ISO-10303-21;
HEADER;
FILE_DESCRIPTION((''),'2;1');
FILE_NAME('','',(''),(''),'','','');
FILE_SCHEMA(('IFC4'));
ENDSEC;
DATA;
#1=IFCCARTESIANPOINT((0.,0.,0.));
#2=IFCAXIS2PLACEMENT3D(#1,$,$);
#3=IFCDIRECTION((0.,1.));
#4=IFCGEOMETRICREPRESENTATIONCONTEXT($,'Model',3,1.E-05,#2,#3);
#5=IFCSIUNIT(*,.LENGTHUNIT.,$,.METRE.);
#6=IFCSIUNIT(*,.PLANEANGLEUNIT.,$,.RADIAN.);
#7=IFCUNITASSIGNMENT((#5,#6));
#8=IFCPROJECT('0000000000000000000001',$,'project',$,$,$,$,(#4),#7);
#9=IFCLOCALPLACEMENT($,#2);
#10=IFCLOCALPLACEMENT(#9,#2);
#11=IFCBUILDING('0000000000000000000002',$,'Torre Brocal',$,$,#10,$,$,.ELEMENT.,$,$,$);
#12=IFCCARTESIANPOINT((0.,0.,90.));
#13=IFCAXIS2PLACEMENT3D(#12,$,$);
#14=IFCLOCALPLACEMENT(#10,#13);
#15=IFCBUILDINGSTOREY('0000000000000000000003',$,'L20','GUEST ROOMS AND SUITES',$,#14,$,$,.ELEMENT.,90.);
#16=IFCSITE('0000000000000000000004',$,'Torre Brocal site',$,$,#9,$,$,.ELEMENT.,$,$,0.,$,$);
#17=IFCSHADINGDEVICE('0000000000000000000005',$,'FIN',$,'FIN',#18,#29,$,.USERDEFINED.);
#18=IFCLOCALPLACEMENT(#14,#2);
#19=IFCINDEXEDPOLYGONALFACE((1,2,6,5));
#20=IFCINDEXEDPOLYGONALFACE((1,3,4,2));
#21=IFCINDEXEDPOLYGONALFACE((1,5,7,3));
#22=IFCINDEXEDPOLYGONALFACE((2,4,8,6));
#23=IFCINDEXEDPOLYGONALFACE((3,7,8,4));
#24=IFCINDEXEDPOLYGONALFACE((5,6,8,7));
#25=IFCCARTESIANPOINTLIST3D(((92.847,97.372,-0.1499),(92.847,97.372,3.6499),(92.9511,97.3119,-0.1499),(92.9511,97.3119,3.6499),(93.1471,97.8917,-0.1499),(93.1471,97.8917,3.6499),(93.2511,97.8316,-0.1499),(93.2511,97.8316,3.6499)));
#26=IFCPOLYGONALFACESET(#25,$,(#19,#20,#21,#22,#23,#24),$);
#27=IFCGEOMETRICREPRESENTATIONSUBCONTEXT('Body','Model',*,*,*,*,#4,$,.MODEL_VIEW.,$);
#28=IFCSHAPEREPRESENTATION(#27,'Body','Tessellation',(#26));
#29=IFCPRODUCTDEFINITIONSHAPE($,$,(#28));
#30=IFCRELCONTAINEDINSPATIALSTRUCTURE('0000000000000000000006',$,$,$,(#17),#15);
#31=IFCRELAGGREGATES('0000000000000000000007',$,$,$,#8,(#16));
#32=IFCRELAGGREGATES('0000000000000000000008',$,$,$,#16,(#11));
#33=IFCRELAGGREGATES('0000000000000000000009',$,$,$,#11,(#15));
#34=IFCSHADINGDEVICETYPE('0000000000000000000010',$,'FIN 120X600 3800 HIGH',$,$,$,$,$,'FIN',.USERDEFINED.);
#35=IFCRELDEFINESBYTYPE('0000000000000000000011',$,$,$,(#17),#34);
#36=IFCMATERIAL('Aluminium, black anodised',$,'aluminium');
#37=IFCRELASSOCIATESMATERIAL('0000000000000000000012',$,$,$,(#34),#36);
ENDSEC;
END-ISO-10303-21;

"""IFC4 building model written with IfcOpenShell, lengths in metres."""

from ifc_helpers import new_model, si_unit, direction, frame, origin, origin_2d, place, context, subcontext, project, spatial, rectangle, extrude, material, material_profile, profile_set, type_object, element, save


model = new_model("IFC4")

# Units and contexts
model_context = context("Model", 3, precision=1e-05, world=origin(), true_north=direction((0.0, 1.0)))
body_context = subcontext(model_context, "Body", "Model", "MODEL_VIEW")
ifc_project = project(units=[si_unit("LENGTHUNIT", "METRE"), si_unit("PLANEANGLEUNIT", "RADIAN")], contexts=[model_context])

# Site, building, storey
site_placement = place(None, origin())
site = spatial("IfcSite", under=ifc_project, at=site_placement, Name="Torre Brocal site", CompositionType="ELEMENT", RefElevation=0.0)
building_placement = place(site_placement, origin())
building = spatial("IfcBuilding", under=site, at=building_placement, Name="Torre Brocal", CompositionType="ELEMENT")
storey_placement = place(building_placement, frame((0.0, 0.0, 90.0)))
storey = spatial("IfcBuildingStorey", under=building, at=storey_placement, Name="L20", Description="GUEST ROOMS AND SUITES", CompositionType="ELEMENT", Elevation=90.0)

# Shading device
ifc_material_1 = material(Name="Aluminium, black anodised", Category="aluminium")
ifc_material_profile_1 = material_profile(ifc_material_1, rectangle(XDim=0.1201, YDim=0.6001, at=origin_2d()), Name="FIN 120X600 3800 HIGH")
ifc_profile_set_1 = profile_set([ifc_material_profile_1], Name="Aluminium, black anodised")
shading_device_type = type_object("IfcShadingDeviceType", Name="FIN 120X600 3800 HIGH", ElementType="FIN", PredefinedType="USERDEFINED", material=ifc_profile_set_1)
for number, where, z_axis, x_axis, name in (
    (1, (93.0491, 97.6018, -0.1499), (0.0, 0.0, 1.0), (-0.866025, 0.5, 0.0), "FIN"),
):
    element("IfcShadingDevice", number, at=place(storey_placement, frame(where, z_axis=z_axis, x_axis=x_axis)), inside=storey, type_object=shading_device_type, Name=name, ObjectType="FIN", PredefinedType="USERDEFINED", context=body_context, shape_type="SweptSolid", body=[
        extrude(rectangle(XDim=0.1201, YDim=0.6001, at=origin_2d()), origin(), (0.0, 0.0, 1.0), 3.7998),
    ])

save(model, "model.ifc")
